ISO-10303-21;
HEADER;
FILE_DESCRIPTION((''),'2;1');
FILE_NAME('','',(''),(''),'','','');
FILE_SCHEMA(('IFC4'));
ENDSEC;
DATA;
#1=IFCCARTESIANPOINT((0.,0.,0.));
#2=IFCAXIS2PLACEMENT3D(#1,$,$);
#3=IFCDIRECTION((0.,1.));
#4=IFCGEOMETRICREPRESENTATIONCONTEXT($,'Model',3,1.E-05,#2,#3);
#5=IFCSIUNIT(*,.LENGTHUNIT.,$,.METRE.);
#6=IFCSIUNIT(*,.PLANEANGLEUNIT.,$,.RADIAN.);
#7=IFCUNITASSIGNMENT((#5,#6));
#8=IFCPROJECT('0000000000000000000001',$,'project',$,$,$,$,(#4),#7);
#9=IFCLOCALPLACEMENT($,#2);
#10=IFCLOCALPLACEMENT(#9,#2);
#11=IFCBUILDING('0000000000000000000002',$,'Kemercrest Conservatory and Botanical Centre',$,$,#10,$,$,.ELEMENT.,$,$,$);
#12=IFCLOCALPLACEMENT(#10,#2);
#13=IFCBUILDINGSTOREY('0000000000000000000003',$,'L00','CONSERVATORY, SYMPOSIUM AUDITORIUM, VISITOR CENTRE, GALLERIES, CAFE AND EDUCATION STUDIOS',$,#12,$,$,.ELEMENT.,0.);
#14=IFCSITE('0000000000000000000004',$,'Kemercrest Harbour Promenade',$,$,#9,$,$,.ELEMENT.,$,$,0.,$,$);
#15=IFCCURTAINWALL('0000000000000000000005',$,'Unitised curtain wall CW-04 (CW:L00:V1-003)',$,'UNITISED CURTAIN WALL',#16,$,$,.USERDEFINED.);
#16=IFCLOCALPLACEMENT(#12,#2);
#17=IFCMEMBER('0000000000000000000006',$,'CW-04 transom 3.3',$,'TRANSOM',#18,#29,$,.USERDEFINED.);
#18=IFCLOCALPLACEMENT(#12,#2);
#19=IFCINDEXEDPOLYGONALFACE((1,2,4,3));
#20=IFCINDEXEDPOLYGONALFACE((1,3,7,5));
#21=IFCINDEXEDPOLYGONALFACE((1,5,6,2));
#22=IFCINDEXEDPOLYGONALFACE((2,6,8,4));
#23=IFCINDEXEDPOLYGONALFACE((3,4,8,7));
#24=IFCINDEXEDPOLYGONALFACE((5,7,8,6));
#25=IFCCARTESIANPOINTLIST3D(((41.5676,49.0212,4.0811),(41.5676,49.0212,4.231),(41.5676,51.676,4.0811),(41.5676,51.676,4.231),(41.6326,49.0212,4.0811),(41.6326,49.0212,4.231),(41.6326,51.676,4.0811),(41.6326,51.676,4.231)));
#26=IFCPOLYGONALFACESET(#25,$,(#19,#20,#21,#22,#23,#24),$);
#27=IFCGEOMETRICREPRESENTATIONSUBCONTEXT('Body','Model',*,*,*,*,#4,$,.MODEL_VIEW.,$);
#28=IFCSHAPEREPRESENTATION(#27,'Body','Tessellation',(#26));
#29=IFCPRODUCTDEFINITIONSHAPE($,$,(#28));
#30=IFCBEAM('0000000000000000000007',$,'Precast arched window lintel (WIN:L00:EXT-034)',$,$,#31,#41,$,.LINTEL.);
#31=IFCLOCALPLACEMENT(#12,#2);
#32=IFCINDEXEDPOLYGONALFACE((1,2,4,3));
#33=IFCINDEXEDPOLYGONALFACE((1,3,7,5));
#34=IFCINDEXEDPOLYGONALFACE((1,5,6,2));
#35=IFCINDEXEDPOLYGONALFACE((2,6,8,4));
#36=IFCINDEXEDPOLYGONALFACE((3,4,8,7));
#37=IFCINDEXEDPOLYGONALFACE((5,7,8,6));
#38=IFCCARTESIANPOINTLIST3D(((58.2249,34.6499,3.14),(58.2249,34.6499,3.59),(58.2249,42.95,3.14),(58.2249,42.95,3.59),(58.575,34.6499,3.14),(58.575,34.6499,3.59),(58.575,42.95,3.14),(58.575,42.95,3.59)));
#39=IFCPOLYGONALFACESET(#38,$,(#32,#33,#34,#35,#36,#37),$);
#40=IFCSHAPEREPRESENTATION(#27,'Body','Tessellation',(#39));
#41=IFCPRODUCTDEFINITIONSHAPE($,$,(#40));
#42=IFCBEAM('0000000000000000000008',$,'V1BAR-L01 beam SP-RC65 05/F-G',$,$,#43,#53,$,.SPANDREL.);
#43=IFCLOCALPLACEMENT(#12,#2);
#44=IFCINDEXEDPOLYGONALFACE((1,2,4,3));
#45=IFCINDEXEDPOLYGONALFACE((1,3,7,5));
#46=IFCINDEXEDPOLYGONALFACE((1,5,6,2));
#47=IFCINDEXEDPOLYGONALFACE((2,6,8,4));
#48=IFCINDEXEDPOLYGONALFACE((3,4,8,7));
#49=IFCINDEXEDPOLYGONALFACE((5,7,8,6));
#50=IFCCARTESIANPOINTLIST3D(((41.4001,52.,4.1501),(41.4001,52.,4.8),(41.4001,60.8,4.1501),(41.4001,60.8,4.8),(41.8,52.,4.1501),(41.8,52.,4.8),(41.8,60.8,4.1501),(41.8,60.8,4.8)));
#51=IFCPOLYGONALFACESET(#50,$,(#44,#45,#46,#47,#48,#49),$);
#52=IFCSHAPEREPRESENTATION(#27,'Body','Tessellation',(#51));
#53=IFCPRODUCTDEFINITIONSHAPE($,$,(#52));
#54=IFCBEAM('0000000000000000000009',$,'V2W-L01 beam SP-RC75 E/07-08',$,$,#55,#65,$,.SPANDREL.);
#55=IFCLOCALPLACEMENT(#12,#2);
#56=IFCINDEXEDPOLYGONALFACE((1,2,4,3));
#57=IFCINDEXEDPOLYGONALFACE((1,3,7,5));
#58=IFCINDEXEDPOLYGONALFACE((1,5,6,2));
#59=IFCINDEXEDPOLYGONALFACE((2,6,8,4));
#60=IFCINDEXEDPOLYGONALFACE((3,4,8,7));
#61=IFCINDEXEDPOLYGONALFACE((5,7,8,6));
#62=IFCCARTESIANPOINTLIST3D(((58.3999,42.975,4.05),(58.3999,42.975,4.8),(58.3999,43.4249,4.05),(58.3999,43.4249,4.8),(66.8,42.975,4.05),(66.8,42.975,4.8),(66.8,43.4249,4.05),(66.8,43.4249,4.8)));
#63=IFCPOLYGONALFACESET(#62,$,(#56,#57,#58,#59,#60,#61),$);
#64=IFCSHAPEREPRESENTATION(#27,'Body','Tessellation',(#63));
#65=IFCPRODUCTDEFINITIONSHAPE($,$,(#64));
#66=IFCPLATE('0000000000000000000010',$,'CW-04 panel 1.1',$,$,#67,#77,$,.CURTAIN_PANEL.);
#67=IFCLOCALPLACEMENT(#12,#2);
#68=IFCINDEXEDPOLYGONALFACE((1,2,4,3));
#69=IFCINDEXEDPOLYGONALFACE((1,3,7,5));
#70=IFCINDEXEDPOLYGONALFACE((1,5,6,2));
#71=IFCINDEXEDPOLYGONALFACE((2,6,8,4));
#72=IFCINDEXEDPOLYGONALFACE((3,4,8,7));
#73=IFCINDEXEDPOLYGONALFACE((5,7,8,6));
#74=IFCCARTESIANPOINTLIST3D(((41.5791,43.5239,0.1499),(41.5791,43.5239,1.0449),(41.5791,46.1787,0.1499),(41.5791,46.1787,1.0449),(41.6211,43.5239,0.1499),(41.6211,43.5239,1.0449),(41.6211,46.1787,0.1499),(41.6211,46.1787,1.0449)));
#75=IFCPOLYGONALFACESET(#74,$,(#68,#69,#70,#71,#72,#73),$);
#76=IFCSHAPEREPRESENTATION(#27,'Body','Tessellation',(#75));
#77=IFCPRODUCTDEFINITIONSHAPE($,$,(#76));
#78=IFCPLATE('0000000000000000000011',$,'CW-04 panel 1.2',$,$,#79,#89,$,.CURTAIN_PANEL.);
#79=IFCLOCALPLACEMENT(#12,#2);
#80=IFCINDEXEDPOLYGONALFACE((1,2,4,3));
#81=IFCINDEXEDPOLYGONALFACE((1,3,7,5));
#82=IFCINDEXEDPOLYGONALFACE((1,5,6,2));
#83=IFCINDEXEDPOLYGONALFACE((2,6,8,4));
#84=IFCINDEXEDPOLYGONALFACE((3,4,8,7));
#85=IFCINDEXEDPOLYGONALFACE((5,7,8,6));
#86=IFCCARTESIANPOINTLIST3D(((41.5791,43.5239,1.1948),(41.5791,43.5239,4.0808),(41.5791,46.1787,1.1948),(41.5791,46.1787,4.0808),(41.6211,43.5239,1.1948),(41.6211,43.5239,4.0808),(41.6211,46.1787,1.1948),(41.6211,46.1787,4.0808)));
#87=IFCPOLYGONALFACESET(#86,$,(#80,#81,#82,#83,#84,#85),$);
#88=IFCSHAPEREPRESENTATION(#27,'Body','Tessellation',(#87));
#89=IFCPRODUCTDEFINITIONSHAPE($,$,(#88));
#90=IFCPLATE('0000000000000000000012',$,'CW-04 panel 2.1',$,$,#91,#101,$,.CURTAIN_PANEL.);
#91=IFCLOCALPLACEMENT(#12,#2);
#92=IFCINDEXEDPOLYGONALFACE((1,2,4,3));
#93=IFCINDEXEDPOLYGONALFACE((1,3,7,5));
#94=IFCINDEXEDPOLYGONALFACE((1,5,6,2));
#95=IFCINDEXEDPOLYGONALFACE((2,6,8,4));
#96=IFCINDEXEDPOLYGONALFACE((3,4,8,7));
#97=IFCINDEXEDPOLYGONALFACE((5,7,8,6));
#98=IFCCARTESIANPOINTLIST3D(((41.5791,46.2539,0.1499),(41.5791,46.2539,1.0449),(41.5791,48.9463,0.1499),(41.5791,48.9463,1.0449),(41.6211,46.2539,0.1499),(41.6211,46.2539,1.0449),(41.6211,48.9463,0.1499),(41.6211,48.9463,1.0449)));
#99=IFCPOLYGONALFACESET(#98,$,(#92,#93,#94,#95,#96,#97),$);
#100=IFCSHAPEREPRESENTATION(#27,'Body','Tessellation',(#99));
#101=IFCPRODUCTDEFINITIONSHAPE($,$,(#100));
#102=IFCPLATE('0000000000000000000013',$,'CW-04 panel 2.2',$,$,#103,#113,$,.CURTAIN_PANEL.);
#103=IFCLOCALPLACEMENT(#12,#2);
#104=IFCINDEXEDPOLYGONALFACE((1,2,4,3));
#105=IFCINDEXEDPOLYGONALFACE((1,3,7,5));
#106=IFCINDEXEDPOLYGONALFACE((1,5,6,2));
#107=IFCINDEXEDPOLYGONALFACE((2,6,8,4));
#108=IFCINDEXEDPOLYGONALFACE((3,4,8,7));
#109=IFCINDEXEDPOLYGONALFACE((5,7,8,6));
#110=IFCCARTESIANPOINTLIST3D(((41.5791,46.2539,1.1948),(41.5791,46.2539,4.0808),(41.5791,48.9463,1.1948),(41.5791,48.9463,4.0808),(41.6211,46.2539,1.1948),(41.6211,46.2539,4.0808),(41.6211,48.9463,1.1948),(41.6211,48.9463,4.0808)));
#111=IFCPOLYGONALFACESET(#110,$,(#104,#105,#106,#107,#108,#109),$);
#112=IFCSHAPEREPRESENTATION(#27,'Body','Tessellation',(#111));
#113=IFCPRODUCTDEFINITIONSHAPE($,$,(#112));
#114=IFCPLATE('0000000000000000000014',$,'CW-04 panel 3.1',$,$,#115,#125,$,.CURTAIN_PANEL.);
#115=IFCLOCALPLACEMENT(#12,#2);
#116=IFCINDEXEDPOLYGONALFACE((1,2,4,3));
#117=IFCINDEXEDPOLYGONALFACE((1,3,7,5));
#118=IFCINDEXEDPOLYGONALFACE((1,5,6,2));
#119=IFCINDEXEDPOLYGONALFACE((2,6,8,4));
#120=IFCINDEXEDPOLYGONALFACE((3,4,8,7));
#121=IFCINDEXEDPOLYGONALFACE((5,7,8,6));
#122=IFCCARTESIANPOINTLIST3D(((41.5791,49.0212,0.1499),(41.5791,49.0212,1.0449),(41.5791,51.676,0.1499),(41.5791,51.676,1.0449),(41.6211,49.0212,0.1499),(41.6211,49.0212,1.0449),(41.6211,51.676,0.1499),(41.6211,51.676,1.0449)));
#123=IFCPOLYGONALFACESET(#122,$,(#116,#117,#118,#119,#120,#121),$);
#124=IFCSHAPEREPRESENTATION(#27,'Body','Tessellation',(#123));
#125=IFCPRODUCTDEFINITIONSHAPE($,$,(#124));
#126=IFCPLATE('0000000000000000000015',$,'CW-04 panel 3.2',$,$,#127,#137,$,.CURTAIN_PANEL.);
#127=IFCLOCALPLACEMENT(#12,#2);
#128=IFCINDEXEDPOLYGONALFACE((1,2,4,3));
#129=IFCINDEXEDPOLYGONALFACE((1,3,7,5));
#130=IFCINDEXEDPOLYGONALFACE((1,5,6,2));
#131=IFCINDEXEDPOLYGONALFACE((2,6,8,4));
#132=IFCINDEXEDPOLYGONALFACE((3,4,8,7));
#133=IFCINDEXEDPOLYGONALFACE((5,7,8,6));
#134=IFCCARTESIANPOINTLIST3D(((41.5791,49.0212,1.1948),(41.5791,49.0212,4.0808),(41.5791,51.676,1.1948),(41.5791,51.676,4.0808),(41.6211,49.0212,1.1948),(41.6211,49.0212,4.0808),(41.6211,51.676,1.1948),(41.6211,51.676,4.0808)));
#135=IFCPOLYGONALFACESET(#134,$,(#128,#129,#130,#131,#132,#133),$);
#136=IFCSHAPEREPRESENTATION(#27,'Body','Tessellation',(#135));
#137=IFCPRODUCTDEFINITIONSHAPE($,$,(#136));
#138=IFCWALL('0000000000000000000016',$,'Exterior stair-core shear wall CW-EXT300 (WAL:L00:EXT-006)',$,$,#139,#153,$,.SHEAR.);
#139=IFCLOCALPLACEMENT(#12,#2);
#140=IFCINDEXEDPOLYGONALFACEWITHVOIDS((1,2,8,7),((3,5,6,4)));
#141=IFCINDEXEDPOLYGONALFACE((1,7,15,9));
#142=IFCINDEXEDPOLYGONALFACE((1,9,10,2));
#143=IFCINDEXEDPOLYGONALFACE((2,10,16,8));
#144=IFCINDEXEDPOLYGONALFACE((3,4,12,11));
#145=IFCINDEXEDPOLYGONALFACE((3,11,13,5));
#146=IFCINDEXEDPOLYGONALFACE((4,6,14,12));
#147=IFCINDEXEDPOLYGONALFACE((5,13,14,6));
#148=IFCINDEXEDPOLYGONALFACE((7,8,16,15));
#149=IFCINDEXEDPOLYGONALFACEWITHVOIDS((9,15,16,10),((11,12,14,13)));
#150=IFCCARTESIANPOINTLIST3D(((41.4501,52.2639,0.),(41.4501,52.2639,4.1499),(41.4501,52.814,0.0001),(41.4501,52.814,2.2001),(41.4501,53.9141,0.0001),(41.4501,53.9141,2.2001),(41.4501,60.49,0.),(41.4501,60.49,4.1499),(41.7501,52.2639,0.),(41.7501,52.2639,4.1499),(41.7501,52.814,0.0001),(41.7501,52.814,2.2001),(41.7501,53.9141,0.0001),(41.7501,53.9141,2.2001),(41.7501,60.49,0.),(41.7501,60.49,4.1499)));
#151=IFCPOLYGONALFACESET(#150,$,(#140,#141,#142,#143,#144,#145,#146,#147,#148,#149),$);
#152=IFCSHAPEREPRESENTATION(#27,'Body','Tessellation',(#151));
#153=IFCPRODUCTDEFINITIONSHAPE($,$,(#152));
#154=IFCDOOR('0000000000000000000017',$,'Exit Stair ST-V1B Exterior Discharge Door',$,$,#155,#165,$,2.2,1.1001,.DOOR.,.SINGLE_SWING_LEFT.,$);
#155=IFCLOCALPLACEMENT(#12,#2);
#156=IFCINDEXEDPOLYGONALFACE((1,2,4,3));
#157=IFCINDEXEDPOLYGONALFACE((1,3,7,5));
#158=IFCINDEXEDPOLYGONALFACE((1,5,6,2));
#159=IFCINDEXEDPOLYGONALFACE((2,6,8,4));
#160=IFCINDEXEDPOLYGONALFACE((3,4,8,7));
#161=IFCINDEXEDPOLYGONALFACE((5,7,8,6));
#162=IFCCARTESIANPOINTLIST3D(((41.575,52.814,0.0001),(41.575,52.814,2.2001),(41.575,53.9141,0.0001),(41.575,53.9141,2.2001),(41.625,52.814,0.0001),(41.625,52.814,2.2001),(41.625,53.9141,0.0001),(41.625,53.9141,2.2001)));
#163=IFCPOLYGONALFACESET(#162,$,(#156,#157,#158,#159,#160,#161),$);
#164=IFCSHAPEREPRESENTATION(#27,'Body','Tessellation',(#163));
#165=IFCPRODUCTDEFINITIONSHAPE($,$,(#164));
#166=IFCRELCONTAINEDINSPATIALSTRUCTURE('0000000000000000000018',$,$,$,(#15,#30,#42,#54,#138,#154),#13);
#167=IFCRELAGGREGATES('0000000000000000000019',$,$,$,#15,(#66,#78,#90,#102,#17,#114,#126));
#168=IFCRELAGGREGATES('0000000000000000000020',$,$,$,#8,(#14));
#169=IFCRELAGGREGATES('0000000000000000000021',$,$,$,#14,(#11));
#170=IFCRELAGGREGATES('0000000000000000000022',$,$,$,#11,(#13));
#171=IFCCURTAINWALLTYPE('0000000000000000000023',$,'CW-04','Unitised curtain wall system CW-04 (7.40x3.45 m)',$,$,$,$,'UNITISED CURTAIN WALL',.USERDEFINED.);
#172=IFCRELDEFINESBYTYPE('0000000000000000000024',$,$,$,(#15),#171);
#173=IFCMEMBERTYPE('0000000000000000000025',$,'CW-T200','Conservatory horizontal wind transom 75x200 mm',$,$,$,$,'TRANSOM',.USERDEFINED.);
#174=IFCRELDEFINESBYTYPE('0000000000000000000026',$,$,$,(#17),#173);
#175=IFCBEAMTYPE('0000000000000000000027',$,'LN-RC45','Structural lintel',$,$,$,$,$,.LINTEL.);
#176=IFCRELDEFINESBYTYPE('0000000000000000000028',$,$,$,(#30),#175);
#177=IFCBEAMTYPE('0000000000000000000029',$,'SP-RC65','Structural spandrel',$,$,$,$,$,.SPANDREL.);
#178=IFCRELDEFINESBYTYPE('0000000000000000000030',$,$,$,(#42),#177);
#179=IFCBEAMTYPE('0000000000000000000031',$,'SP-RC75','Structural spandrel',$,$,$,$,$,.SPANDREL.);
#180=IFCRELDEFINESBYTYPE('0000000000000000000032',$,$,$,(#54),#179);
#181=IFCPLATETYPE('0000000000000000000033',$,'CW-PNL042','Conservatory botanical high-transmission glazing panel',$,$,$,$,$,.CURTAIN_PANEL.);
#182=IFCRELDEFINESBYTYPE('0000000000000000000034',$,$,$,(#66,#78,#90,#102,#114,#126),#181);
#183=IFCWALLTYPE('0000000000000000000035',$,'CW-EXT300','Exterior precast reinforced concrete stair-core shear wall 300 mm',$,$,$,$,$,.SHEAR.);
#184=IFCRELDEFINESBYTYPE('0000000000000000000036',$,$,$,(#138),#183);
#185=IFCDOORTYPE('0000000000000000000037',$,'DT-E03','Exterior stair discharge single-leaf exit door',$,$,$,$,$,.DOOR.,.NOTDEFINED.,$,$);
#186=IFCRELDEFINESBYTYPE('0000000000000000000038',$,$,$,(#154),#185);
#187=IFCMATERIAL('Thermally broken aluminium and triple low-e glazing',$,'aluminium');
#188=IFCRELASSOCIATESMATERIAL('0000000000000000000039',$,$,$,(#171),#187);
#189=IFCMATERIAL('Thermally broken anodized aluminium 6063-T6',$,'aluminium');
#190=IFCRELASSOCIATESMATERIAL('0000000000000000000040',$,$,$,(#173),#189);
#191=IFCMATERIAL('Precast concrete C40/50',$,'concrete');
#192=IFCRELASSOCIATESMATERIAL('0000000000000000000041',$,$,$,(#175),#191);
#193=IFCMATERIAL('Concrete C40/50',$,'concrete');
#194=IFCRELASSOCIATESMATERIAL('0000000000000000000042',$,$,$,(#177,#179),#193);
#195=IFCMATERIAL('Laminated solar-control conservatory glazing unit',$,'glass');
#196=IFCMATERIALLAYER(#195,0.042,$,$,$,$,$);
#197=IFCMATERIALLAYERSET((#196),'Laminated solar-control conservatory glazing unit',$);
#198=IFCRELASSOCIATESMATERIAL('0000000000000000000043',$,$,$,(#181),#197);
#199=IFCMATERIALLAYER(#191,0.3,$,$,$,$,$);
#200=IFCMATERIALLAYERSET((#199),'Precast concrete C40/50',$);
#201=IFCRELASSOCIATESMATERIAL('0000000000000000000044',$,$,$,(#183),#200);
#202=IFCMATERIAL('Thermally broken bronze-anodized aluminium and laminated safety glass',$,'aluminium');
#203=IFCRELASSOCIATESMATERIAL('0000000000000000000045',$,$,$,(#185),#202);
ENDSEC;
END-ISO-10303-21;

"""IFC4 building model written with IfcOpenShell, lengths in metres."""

from ifc_helpers import new_model, si_unit, direction, frame, frame_2d, origin, origin_2d, place, context, subcontext, project, spatial, rectangle, extrude, material, layer, layer_set, material_profile, profile_set, type_object, element, fill, aggregate, save


model = new_model("IFC4")

# Units and contexts
model_context = context("Model", 3, precision=1e-05, world=origin(), true_north=direction((0.0, 1.0)))
body_context = subcontext(model_context, "Body", "Model", "MODEL_VIEW")
ifc_project = project(units=[si_unit("LENGTHUNIT", "METRE"), si_unit("PLANEANGLEUNIT", "RADIAN")], contexts=[model_context])

# Site, building, storey
site_placement = place(None, origin())
site = spatial("IfcSite", under=ifc_project, at=site_placement, Name="Kemercrest Harbour Promenade", CompositionType="ELEMENT", RefElevation=0.0)
building_placement = place(site_placement, origin())
building = spatial("IfcBuilding", under=site, at=building_placement, Name="Kemercrest Conservatory and Botanical Centre", CompositionType="ELEMENT")
storey_placement = place(building_placement, origin())
storey = spatial("IfcBuildingStorey", under=building, at=storey_placement, Name="L00", Description="CONSERVATORY, SYMPOSIUM AUDITORIUM, VISITOR CENTRE, GALLERIES, CAFE AND EDUCATION STUDIOS", CompositionType="ELEMENT", Elevation=0.0)

# Shared definitions
ifc_material_1 = material(Name="Concrete C40/50", Category="concrete")

# Curtain wall, member
ifc_material_2 = material(Name="Thermally broken aluminium and triple low-e glazing", Category="aluminium")
curtain_wall_type = type_object("IfcCurtainWallType", Name="CW-04", Description="Unitised curtain wall system CW-04 (7.40x3.45 m)", ElementType="UNITISED CURTAIN WALL", PredefinedType="USERDEFINED", material=ifc_material_2)
curtain_wall_placement = place(storey_placement, origin())
curtain_wall = element("IfcCurtainWall", 1, at=curtain_wall_placement, inside=storey, type_object=curtain_wall_type, Name="Unitised curtain wall CW-04 (CW:L00:V1-003)", ObjectType="UNITISED CURTAIN WALL", PredefinedType="USERDEFINED")
ifc_material_3 = material(Name="Thermally broken anodized aluminium 6063-T6", Category="aluminium")
ifc_material_profile_1 = material_profile(ifc_material_3, rectangle(XDim=0.0649, YDim=0.1499, at=origin_2d()), Name="AL TRANSOM 65x150")
ifc_profile_set_1 = profile_set([ifc_material_profile_1], Name="Thermally broken anodized aluminium 6063-T6")
member_type_1 = type_object("IfcMemberType", Name="CW-T200", Description="Conservatory horizontal wind transom 75x200 mm", ElementType="TRANSOM", PredefinedType="USERDEFINED", material=ifc_profile_set_1)
member_1_placement = place(storey_placement, frame((41.6001, 49.0212, 4.156), z_axis=(0.0, 1.0, 0.0), x_axis=(-1.0, 0.0, 0.0)))
member_1 = element("IfcMember", 2, at=member_1_placement, type_object=member_type_1, Name="CW-04 transom 3.3", ObjectType="TRANSOM", PredefinedType="USERDEFINED", context=body_context, shape_type="SweptSolid", body=[
    extrude(rectangle(XDim=0.0649, YDim=0.1499, at=origin_2d()), origin(), (0.0, 0.0, 1.0), 2.6548),
])

# Beams
ifc_material_4 = material(Name="Precast concrete C40/50", Category="concrete")
ifc_material_profile_2 = material_profile(ifc_material_4, rectangle(XDim=0.3501, YDim=0.45, at=origin_2d()), Name="RC 350x450")
ifc_profile_set_2 = profile_set([ifc_material_profile_2], Name="Precast concrete C40/50")
beam_type_1 = type_object("IfcBeamType", Name="LN-RC45", Description="Structural lintel", PredefinedType="LINTEL", material=ifc_profile_set_2)
beam_1_placement = place(storey_placement, frame((58.3999, 42.95, 3.365), z_axis=(0.0, -1.0, 0.0), x_axis=(1.0, 0.0, 0.0)))
element("IfcBeam", 3, at=beam_1_placement, inside=storey, type_object=beam_type_1, Name="Precast arched window lintel (WIN:L00:EXT-034)", PredefinedType="LINTEL", context=body_context, shape_type="SweptSolid", body=[
    extrude(rectangle(XDim=0.3501, YDim=0.45, at=origin_2d()), origin(), (0.0, 0.0, 1.0), 8.3),
])
ifc_material_profile_3 = material_profile(ifc_material_1, rectangle(XDim=0.3999, YDim=0.6499, at=origin_2d()), Name="RC 400x650")
ifc_profile_set_3 = profile_set([ifc_material_profile_3], Name="Concrete C40/50")
beam_type_2 = type_object("IfcBeamType", Name="SP-RC65", Description="Structural spandrel", PredefinedType="SPANDREL", material=ifc_profile_set_3)
beam_2_placement = place(storey_placement, frame((41.6001, 52.0, 4.4751), z_axis=(0.0, 1.0, 0.0), x_axis=(-1.0, 0.0, 0.0)))
element("IfcBeam", 4, at=beam_2_placement, inside=storey, type_object=beam_type_2, Name="V1BAR-L01 beam SP-RC65 05/F-G", PredefinedType="SPANDREL", context=body_context, shape_type="SweptSolid", body=[
    extrude(rectangle(XDim=0.3999, YDim=0.6499, at=origin_2d()), origin(), (0.0, 0.0, 1.0), 8.8),
])
ifc_material_profile_4 = material_profile(ifc_material_1, rectangle(XDim=0.45, YDim=0.75, at=origin_2d()), Name="RC 450x750")
ifc_profile_set_4 = profile_set([ifc_material_profile_4], Name="Concrete C40/50")
beam_type_3 = type_object("IfcBeamType", Name="SP-RC75", Description="Structural spandrel", PredefinedType="SPANDREL", material=ifc_profile_set_4)
beam_3_placement = place(storey_placement, frame((58.3999, 43.2, 4.425), z_axis=(1.0, 0.0, 0.0), x_axis=(0.0, 1.0, 0.0)))
element("IfcBeam", 5, at=beam_3_placement, inside=storey, type_object=beam_type_3, Name="V2W-L01 beam SP-RC75 E/07-08", PredefinedType="SPANDREL", context=body_context, shape_type="SweptSolid", body=[
    extrude(rectangle(XDim=0.45, YDim=0.75, at=origin_2d()), origin(), (0.0, 0.0, 1.0), 8.4001),
])

# Plates
ifc_material_5 = material(Name="Laminated solar-control conservatory glazing unit", Category="glass")
ifc_layer_1 = layer(ifc_material_5, 0.042)
ifc_layer_set_1 = layer_set([ifc_layer_1], Name="Laminated solar-control conservatory glazing unit")
plate_type = type_object("IfcPlateType", Name="CW-PNL042", Description="Conservatory botanical high-transmission glazing panel", PredefinedType="CURTAIN_PANEL", material=ifc_layer_set_1)
plate_1_placement = place(storey_placement, frame((41.6001, 44.8513, 0.1499), z_axis=(0.0, 0.0, 1.0), x_axis=(0.0, 1.0, 0.0)))
plate_1 = element("IfcPlate", 6, at=plate_1_placement, type_object=plate_type, Name="CW-04 panel 1.1", PredefinedType="CURTAIN_PANEL", context=body_context, shape_type="SweptSolid", body=[
    extrude(rectangle(XDim=2.6548, YDim=0.042, at=origin_2d()), origin(), (0.0, 0.0, 1.0), 0.895),
])
plate_2_placement = place(storey_placement, frame((41.6001, 44.8513, 1.1948), z_axis=(0.0, 0.0, 1.0), x_axis=(0.0, 1.0, 0.0)))
plate_2 = element("IfcPlate", 7, at=plate_2_placement, type_object=plate_type, Name="CW-04 panel 1.2", PredefinedType="CURTAIN_PANEL", context=body_context, shape_type="SweptSolid", body=[
    extrude(rectangle(XDim=2.6548, YDim=0.042, at=origin_2d()), origin(), (0.0, 0.0, 1.0), 2.886),
])
plate_3_placement = place(storey_placement, frame((41.6001, 47.6001, 0.1499), z_axis=(0.0, 0.0, 1.0), x_axis=(0.0, 1.0, 0.0)))
plate_3 = element("IfcPlate", 8, at=plate_3_placement, type_object=plate_type, Name="CW-04 panel 2.1", PredefinedType="CURTAIN_PANEL", context=body_context, shape_type="SweptSolid", body=[
    extrude(rectangle(XDim=2.6924, YDim=0.042, at=origin_2d()), origin(), (0.0, 0.0, 1.0), 0.895),
])
plate_4_placement = place(storey_placement, frame((41.6001, 47.6001, 1.1948), z_axis=(0.0, 0.0, 1.0), x_axis=(0.0, 1.0, 0.0)))
plate_4 = element("IfcPlate", 9, at=plate_4_placement, type_object=plate_type, Name="CW-04 panel 2.2", PredefinedType="CURTAIN_PANEL", context=body_context, shape_type="SweptSolid", body=[
    extrude(rectangle(XDim=2.6924, YDim=0.042, at=origin_2d()), origin(), (0.0, 0.0, 1.0), 2.886),
])
plate_5_placement = place(storey_placement, frame((41.6001, 50.3486, 0.1499), z_axis=(0.0, 0.0, 1.0), x_axis=(0.0, 1.0, 0.0)))
plate_5 = element("IfcPlate", 10, at=plate_5_placement, type_object=plate_type, Name="CW-04 panel 3.1", PredefinedType="CURTAIN_PANEL", context=body_context, shape_type="SweptSolid", body=[
    extrude(rectangle(XDim=2.6548, YDim=0.042, at=origin_2d()), origin(), (0.0, 0.0, 1.0), 0.895),
])
plate_6_placement = place(storey_placement, frame((41.6001, 50.3486, 1.1948), z_axis=(0.0, 0.0, 1.0), x_axis=(0.0, 1.0, 0.0)))
plate_6 = element("IfcPlate", 11, at=plate_6_placement, type_object=plate_type, Name="CW-04 panel 3.2", PredefinedType="CURTAIN_PANEL", context=body_context, shape_type="SweptSolid", body=[
    extrude(rectangle(XDim=2.6548, YDim=0.042, at=origin_2d()), origin(), (0.0, 0.0, 1.0), 2.886),
])
aggregate(curtain_wall, [plate_1, plate_2, plate_3, plate_4, member_1, plate_5, plate_6])

# Wall, opening, door
ifc_layer_2 = layer(ifc_material_4, 0.3)
ifc_layer_set_2 = layer_set([ifc_layer_2], Name="Precast concrete C40/50")
wall_type_1 = type_object("IfcWallType", Name="CW-EXT300", Description="Exterior precast reinforced concrete stair-core shear wall 300 mm", PredefinedType="SHEAR", material=ifc_layer_set_2)
wall_1_placement = place(storey_placement, frame((41.6001, 52.2639, 0.0), z_axis=(0.0, 0.0, 1.0), x_axis=(0.0, 1.0, 0.0)))
wall_1 = element("IfcWall", 12, at=wall_1_placement, inside=storey, type_object=wall_type_1, Name="Exterior stair-core shear wall CW-EXT300 (WAL:L00:EXT-006)", PredefinedType="SHEAR", context=body_context, shape_type="SweptSolid", body=[
    extrude(rectangle(XDim=8.2261, YDim=0.3, at=frame_2d((4.113, 0.0))), origin(), (0.0, 0.0, 1.0), 4.1499),
])
opening_1_placement = place(wall_1_placement, frame((0.55, 0.0, 0.0)))
opening_1 = element("IfcOpeningElement", 13, at=opening_1_placement, cuts=wall_1, PredefinedType="OPENING", context=body_context, shape_type="SweptSolid", body=[
    extrude(rectangle(XDim=1.1001, YDim=2.2, at=frame_2d((0.55, 1.1001))), frame((0.0, 0.1602, 0.0), z_axis=(0.0, -1.0, 0.0), x_axis=(1.0, 0.0, 0.0)), (0.0, 0.0, 1.0), 0.3201),
])
ifc_material_6 = material(Name="Thermally broken bronze-anodized aluminium and laminated safety glass", Category="aluminium")
door_type_1 = type_object("IfcDoorType", Name="DT-E03", Description="Exterior stair discharge single-leaf exit door", OperationType="NOTDEFINED", PredefinedType="DOOR", material=ifc_material_6)
door_1_placement = place(opening_1_placement, frame((1.1001, 0.0, 0.0), z_axis=(0.0, 0.0, 1.0), x_axis=(-1.0, 0.0, 0.0)))
door_1 = element("IfcDoor", 14, at=door_1_placement, inside=storey, type_object=door_type_1, Name="Exit Stair ST-V1B Exterior Discharge Door", OperationType="SINGLE_SWING_LEFT", OverallHeight=2.2, OverallWidth=1.1001, PredefinedType="DOOR", context=body_context, shape_type="SweptSolid", body=[
    extrude(rectangle(XDim=1.1001, YDim=2.2, at=frame_2d((0.55, 1.1001))), frame((0.0, 0.0249, 0.0), z_axis=(0.0, -1.0, 0.0), x_axis=(1.0, 0.0, 0.0)), (0.0, 0.0, 1.0), 0.05),
])
fill(opening_1, door_1)

save(model, "model.ifc")
